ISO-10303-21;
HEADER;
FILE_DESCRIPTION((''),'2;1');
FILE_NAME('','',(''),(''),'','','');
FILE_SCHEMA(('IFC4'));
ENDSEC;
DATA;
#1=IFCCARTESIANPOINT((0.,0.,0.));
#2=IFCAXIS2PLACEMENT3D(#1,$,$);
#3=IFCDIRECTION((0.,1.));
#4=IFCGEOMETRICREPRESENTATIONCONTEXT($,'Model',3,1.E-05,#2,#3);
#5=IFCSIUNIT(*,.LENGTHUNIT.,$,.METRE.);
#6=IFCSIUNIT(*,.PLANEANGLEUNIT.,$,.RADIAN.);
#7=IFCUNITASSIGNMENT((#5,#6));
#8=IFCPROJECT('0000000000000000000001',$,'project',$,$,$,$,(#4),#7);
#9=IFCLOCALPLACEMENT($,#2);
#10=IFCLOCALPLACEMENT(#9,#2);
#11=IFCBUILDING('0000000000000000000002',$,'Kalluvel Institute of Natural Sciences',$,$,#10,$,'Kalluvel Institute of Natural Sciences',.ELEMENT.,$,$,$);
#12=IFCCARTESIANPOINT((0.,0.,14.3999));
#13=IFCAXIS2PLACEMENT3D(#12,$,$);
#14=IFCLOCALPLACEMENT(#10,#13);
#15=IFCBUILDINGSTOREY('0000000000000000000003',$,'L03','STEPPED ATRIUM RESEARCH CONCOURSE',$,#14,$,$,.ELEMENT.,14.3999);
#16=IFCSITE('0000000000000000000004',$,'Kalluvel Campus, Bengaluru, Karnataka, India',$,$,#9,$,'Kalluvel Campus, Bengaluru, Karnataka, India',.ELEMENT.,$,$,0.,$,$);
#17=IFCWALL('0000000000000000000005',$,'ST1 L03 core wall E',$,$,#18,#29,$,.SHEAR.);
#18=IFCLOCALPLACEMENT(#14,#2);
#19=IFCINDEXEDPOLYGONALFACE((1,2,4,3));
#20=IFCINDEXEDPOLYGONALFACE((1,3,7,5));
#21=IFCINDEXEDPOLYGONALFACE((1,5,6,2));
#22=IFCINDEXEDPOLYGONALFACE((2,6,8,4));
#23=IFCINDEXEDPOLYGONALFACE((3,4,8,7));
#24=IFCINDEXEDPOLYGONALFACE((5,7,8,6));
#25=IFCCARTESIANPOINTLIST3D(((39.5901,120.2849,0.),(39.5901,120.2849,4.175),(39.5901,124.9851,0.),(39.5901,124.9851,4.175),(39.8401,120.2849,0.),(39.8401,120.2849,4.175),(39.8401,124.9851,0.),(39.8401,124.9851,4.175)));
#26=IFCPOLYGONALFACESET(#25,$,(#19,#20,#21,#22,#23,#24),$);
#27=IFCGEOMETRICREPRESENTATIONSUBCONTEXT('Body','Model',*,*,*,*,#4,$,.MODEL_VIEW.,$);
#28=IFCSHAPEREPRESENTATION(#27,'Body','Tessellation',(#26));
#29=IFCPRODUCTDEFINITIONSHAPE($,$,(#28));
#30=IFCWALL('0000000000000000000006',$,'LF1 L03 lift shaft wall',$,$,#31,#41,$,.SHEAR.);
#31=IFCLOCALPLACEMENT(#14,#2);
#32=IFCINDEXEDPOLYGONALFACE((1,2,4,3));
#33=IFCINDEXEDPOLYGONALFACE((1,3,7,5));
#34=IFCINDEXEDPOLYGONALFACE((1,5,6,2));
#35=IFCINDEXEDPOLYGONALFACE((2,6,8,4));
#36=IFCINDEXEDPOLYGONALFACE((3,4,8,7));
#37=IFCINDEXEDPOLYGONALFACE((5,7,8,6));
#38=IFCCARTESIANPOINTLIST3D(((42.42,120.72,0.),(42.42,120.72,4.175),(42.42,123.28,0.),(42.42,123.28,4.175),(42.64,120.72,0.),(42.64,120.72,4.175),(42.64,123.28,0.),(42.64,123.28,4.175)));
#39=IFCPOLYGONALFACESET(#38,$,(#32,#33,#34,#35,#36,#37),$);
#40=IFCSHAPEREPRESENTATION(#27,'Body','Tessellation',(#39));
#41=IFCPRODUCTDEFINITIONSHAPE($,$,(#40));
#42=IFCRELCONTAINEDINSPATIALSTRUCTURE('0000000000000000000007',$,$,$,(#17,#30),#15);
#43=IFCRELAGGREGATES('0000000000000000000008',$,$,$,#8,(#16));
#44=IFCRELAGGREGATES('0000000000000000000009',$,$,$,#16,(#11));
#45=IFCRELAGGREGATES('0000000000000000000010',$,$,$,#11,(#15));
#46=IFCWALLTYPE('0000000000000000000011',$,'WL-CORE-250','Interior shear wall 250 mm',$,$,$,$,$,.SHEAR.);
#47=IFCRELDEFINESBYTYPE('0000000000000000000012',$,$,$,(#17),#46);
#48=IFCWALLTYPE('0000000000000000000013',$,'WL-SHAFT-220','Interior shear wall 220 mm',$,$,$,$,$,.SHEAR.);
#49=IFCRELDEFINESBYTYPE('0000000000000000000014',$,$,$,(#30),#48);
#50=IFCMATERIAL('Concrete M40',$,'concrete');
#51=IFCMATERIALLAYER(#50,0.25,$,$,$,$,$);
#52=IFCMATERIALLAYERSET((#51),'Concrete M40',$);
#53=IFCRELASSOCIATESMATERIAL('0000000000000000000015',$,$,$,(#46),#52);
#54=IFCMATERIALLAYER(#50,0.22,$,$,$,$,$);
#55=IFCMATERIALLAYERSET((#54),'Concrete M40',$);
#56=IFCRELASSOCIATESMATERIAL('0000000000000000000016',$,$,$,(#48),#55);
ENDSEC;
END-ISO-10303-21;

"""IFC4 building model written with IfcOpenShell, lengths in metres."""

from ifc_helpers import new_model, si_unit, direction, frame, frame_2d, origin, place, context, subcontext, project, spatial, rectangle, extrude, material, layer, layer_set, type_object, element, save


model = new_model("IFC4")

# Units and contexts
model_context = context("Model", 3, precision=1e-05, world=origin(), true_north=direction((0.0, 1.0)))
body_context = subcontext(model_context, "Body", "Model", "MODEL_VIEW")
ifc_project = project(units=[si_unit("LENGTHUNIT", "METRE"), si_unit("PLANEANGLEUNIT", "RADIAN")], contexts=[model_context])

# Site, building, storey
site_placement = place(None, origin())
site = spatial("IfcSite", under=ifc_project, at=site_placement, Name="Kalluvel Campus, Bengaluru, Karnataka, India", LongName="Kalluvel Campus, Bengaluru, Karnataka, India", CompositionType="ELEMENT", RefElevation=0.0)
building_placement = place(site_placement, origin())
building = spatial("IfcBuilding", under=site, at=building_placement, Name="Kalluvel Institute of Natural Sciences", LongName="Kalluvel Institute of Natural Sciences", CompositionType="ELEMENT")
storey_placement = place(building_placement, frame((0.0, 0.0, 14.3999)))
storey = spatial("IfcBuildingStorey", under=building, at=storey_placement, Name="L03", Description="STEPPED ATRIUM RESEARCH CONCOURSE", CompositionType="ELEMENT", Elevation=14.3999)

# Shared definitions
ifc_material_1 = material(Name="Concrete M40", Category="concrete")

# Shared definitions
ifc_layer_1 = layer(ifc_material_1, 0.25)
ifc_layer_set_1 = layer_set([ifc_layer_1], Name="Concrete M40")
wall_type_1 = type_object("IfcWallType", Name="WL-CORE-250", Description="Interior shear wall 250 mm", PredefinedType="SHEAR", material=ifc_layer_set_1)

# Wall
wall_1_placement = place(storey_placement, frame((39.7151, 120.2849, 0.0), z_axis=(0.0, 0.0, 1.0), x_axis=(0.0, 1.0, 0.0)))
element("IfcWall", 1, at=wall_1_placement, inside=storey, type_object=wall_type_1, Name="ST1 L03 core wall E", PredefinedType="SHEAR", context=body_context, shape_type="SweptSolid", body=[
    extrude(rectangle(XDim=4.7002, YDim=0.25, at=frame_2d((2.3501, 0.0))), origin(), (0.0, 0.0, 1.0), 4.175),
])

# Shared definitions
ifc_layer_2 = layer(ifc_material_1, 0.22)
ifc_layer_set_2 = layer_set([ifc_layer_2], Name="Concrete M40")
wall_type_2 = type_object("IfcWallType", Name="WL-SHAFT-220", Description="Interior shear wall 220 mm", PredefinedType="SHEAR", material=ifc_layer_set_2)

# Wall
wall_2_placement = place(storey_placement, frame((42.53, 120.72, 0.0), z_axis=(0.0, 0.0, 1.0), x_axis=(0.0, 1.0, 0.0)))
element("IfcWall", 2, at=wall_2_placement, inside=storey, type_object=wall_type_2, Name="LF1 L03 lift shaft wall", PredefinedType="SHEAR", context=body_context, shape_type="SweptSolid", body=[
    extrude(rectangle(XDim=2.5601, YDim=0.22, at=frame_2d((1.28, 0.0))), origin(), (0.0, 0.0, 1.0), 4.175),
])

save(model, "model.ifc")
